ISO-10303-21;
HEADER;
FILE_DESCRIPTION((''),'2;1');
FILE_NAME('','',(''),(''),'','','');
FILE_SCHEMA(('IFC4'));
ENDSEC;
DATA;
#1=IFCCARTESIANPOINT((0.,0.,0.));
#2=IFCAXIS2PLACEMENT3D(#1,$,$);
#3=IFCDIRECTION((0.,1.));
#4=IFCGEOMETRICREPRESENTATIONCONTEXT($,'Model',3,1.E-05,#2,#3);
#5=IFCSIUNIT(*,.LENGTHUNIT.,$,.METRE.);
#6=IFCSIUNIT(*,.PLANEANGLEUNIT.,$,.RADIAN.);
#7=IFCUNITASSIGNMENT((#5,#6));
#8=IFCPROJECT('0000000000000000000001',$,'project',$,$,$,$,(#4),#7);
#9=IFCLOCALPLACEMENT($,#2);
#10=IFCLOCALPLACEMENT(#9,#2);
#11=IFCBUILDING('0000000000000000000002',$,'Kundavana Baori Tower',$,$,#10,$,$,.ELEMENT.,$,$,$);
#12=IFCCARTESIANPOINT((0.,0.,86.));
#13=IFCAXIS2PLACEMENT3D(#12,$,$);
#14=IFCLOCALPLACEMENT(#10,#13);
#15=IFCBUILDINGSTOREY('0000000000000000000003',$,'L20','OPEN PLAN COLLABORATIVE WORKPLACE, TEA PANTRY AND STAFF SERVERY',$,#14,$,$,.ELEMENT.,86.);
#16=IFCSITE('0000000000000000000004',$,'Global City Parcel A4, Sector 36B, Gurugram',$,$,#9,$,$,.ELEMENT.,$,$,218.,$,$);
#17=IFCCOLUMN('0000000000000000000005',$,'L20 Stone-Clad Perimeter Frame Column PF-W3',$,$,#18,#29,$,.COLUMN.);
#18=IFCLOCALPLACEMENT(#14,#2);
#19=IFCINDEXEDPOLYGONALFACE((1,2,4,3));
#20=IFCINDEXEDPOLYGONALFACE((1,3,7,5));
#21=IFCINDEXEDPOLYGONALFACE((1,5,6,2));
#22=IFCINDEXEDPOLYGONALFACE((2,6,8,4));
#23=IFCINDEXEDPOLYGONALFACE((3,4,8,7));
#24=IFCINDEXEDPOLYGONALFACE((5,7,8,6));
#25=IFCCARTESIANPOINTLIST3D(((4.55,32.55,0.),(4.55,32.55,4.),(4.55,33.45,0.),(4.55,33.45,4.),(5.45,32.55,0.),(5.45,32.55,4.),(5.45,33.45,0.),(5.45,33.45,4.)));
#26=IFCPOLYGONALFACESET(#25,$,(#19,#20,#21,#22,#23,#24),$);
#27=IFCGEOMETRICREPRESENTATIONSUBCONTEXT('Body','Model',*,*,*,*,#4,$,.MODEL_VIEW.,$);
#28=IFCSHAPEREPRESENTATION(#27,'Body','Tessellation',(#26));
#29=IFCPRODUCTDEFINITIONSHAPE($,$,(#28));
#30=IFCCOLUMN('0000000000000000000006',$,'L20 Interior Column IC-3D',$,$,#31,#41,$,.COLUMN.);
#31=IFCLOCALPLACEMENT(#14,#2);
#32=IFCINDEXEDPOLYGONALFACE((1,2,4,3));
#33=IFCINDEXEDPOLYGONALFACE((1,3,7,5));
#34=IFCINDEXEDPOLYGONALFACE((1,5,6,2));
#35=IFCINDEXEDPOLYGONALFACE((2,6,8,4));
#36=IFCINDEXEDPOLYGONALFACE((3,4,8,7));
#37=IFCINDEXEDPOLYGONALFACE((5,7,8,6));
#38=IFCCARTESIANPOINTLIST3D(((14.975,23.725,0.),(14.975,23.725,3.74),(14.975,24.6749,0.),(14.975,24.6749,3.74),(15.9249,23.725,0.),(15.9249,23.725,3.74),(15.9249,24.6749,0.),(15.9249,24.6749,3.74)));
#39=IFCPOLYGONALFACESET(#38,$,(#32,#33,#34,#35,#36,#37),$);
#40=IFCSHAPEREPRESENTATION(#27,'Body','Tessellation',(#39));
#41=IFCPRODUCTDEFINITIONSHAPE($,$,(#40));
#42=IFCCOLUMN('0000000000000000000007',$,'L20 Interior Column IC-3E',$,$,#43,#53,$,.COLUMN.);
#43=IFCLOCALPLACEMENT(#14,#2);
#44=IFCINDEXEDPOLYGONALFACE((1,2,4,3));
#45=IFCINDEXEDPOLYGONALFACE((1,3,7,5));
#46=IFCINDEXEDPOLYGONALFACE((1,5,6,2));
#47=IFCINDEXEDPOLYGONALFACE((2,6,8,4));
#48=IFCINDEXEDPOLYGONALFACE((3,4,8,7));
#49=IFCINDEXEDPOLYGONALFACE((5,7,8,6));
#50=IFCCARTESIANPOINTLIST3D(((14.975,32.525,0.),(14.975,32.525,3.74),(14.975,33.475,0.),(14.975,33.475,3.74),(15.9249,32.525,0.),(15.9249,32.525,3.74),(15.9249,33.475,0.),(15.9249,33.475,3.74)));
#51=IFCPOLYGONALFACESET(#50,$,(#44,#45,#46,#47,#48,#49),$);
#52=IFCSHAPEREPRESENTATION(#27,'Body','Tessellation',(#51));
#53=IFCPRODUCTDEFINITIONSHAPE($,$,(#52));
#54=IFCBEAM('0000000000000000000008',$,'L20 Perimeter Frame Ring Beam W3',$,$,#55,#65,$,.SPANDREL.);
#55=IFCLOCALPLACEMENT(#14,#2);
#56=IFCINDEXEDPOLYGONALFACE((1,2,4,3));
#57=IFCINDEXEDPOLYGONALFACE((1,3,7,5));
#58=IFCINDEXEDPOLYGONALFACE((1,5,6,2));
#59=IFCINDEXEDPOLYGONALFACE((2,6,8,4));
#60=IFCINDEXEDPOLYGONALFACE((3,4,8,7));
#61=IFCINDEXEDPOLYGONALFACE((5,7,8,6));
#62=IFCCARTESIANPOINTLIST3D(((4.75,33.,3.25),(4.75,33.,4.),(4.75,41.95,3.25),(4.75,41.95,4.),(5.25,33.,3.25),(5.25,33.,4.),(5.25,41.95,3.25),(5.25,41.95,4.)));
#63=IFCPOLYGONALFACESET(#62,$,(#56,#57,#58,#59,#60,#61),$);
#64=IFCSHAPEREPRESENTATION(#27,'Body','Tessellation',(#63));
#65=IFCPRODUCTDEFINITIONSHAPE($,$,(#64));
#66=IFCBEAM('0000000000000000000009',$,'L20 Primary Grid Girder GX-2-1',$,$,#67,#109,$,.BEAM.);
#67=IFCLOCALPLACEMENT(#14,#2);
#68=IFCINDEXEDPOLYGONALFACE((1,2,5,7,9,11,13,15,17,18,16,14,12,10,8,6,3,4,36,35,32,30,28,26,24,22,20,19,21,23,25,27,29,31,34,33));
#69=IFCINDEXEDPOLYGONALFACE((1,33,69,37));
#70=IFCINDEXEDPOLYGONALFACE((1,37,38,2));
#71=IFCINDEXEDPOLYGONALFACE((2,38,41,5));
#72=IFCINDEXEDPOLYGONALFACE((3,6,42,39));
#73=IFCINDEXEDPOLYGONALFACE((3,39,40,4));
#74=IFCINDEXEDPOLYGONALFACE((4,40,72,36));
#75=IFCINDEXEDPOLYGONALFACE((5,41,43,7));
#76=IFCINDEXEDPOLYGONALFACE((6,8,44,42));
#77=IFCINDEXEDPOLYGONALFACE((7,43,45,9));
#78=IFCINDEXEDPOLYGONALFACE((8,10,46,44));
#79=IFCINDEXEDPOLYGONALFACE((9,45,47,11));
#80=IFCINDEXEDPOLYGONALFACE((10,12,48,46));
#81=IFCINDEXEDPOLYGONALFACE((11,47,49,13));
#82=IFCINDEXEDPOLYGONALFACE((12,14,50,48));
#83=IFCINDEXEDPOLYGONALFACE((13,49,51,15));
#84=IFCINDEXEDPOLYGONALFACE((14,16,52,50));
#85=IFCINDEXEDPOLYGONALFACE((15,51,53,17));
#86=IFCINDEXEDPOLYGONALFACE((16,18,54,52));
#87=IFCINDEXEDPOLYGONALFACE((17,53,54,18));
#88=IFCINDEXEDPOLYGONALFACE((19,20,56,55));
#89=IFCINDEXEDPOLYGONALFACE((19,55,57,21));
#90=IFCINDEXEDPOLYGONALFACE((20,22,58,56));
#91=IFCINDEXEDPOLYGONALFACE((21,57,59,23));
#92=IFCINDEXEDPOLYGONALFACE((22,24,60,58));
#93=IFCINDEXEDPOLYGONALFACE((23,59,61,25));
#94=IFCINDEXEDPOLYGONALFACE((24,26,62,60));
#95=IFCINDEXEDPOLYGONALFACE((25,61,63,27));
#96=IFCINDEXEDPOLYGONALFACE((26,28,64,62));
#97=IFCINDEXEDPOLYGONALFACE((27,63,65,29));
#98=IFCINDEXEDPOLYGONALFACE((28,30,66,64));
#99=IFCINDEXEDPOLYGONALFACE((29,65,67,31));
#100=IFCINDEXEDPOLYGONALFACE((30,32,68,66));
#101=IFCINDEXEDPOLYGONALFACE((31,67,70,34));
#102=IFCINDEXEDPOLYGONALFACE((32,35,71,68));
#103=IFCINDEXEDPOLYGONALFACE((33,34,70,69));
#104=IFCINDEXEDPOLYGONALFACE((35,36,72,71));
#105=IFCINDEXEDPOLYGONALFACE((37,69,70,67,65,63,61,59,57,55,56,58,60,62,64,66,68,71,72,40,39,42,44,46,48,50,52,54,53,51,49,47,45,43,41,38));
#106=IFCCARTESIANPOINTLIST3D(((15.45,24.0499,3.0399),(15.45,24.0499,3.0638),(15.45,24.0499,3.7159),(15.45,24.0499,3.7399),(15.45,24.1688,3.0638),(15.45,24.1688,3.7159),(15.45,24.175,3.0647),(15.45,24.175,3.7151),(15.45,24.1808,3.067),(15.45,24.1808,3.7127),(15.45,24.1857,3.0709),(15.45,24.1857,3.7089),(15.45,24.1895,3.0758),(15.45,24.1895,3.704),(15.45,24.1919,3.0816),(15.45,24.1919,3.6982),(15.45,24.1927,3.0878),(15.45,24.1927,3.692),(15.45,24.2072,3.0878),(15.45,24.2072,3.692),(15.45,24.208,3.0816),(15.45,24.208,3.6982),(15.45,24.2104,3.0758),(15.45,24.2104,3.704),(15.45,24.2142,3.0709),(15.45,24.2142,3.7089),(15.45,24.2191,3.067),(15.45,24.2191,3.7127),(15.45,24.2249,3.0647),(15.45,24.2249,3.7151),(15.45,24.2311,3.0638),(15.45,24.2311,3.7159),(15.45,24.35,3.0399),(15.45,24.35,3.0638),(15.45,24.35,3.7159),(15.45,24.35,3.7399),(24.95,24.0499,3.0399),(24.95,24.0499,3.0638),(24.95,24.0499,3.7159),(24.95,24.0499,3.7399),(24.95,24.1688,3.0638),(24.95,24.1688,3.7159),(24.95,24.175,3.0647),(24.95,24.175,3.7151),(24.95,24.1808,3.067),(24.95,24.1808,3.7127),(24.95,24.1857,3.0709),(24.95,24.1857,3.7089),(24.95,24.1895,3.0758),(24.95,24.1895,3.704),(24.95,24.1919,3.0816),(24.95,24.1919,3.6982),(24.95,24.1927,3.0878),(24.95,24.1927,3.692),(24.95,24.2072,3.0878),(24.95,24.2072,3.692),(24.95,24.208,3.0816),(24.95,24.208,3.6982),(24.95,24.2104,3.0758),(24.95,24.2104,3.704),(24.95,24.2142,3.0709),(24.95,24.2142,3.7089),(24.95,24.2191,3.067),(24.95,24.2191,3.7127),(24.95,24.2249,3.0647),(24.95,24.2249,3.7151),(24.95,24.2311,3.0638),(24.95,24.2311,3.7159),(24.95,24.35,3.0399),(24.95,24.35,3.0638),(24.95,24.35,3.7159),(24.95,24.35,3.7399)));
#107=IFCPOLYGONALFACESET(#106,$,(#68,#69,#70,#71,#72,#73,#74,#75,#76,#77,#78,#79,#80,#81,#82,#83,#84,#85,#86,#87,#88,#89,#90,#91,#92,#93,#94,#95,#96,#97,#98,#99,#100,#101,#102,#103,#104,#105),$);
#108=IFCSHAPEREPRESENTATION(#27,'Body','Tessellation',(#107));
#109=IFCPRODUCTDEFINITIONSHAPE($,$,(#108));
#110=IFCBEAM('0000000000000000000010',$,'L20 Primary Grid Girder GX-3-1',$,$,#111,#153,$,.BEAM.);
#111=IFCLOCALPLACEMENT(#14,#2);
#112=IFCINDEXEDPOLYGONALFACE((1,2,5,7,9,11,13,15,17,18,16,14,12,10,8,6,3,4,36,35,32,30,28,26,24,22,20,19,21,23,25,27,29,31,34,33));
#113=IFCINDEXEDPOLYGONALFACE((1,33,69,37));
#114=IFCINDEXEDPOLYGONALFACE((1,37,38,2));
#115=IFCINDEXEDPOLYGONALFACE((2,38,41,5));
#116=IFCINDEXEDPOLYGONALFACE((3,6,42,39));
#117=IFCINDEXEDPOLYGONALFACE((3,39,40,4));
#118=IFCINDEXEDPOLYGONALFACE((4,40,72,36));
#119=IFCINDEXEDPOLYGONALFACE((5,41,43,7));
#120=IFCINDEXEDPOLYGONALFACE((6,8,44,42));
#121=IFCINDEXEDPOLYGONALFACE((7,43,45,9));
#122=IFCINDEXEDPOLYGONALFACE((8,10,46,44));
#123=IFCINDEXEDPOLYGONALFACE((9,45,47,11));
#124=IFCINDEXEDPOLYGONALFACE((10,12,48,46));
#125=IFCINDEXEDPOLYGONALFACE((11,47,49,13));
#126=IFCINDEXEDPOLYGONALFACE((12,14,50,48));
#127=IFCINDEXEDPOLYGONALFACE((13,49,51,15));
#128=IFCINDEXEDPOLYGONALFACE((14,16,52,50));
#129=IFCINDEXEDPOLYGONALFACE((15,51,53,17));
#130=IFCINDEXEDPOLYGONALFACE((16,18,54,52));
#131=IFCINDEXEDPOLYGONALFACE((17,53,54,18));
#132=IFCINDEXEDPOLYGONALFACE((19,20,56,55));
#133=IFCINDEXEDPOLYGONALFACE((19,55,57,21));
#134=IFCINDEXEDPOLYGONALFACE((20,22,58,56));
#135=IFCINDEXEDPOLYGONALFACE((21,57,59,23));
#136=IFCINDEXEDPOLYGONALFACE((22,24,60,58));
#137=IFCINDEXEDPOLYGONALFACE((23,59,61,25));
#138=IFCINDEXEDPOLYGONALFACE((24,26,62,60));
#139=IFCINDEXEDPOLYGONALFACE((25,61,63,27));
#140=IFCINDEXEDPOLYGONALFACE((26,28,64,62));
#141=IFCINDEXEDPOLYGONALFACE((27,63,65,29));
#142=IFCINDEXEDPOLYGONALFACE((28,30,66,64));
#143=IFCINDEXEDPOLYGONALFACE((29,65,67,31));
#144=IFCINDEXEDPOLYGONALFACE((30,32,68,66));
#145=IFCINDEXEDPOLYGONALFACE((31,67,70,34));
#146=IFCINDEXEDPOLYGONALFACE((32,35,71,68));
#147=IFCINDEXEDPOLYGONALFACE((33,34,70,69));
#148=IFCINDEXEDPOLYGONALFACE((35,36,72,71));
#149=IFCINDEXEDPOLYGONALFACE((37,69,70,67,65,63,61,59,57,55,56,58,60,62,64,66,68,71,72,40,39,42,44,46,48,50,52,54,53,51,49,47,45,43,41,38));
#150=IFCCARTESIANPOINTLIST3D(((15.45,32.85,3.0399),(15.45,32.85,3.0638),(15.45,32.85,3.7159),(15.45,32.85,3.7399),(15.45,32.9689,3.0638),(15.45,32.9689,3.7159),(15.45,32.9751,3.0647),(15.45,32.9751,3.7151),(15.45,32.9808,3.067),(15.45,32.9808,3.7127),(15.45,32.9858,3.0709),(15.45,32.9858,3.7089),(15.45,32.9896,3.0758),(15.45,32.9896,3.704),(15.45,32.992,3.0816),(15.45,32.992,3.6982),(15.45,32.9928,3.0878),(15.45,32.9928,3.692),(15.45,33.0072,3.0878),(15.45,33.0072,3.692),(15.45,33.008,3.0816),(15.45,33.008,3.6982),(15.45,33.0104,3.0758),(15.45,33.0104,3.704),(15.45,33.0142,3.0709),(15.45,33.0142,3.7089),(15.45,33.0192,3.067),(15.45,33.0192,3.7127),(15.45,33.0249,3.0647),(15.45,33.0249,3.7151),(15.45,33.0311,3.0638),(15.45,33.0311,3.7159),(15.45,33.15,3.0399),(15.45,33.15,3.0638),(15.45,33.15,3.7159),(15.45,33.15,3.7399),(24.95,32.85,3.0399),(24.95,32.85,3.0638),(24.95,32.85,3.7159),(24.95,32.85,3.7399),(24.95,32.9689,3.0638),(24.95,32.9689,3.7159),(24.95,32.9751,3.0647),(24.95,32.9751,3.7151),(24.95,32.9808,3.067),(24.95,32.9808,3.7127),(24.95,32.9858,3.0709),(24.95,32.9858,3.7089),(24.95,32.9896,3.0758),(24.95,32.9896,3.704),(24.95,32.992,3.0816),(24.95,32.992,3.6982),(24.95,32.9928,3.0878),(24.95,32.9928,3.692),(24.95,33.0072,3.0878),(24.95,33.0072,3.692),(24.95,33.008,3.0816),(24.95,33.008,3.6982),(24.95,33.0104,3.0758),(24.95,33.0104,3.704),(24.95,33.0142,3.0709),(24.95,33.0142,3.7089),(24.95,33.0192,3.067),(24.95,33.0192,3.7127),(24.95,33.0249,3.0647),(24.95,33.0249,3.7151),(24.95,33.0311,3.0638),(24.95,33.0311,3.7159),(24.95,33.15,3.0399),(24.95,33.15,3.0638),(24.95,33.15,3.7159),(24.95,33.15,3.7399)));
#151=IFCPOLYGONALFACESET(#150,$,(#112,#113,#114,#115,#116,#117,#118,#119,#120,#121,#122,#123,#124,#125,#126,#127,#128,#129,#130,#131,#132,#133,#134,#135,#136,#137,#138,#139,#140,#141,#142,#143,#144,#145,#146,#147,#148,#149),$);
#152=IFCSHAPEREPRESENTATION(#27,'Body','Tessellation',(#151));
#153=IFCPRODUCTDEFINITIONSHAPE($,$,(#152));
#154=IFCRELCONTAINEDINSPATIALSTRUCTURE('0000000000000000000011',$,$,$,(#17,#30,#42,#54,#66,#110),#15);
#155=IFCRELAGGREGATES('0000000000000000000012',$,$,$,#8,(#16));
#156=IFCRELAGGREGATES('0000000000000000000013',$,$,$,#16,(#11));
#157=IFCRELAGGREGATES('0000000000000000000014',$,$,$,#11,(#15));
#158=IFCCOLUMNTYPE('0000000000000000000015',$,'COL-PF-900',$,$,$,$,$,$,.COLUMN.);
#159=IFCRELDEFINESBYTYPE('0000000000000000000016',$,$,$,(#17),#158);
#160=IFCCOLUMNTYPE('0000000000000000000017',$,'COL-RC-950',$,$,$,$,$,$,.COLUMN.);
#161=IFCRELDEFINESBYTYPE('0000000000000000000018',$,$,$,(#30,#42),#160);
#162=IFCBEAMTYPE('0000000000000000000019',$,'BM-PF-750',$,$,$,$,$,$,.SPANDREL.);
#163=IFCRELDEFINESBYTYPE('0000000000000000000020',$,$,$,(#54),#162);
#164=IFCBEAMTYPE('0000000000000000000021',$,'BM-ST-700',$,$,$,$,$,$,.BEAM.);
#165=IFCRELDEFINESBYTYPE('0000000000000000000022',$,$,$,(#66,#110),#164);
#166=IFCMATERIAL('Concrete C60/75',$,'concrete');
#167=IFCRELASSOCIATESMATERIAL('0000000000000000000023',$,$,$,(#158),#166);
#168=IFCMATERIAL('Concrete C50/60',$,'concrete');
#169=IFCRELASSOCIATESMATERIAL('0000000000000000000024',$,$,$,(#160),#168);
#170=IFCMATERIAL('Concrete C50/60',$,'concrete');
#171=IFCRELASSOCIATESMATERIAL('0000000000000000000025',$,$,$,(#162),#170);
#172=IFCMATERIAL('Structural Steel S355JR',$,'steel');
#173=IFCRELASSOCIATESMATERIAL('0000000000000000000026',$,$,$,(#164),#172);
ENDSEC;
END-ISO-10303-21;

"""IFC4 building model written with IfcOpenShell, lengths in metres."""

from ifc_helpers import new_model, si_unit, direction, frame, origin, origin_2d, place, context, subcontext, project, spatial, rectangle, i_section, extrude, material, material_profile, profile_set, type_object, element, save


model = new_model("IFC4")

# Units and contexts
model_context = context("Model", 3, precision=1e-05, world=origin(), true_north=direction((0.0, 1.0)))
body_context = subcontext(model_context, "Body", "Model", "MODEL_VIEW")
ifc_project = project(units=[si_unit("LENGTHUNIT", "METRE"), si_unit("PLANEANGLEUNIT", "RADIAN")], contexts=[model_context])

# Site, building, storey
site_placement = place(None, origin())
site = spatial("IfcSite", under=ifc_project, at=site_placement, Name="Global City Parcel A4, Sector 36B, Gurugram", CompositionType="ELEMENT", RefElevation=218.0)
building_placement = place(site_placement, origin())
building = spatial("IfcBuilding", under=site, at=building_placement, Name="Kundavana Baori Tower", CompositionType="ELEMENT")
storey_placement = place(building_placement, frame((0.0, 0.0, 86.0)))
storey = spatial("IfcBuildingStorey", under=building, at=storey_placement, Name="L20", Description="OPEN PLAN COLLABORATIVE WORKPLACE, TEA PANTRY AND STAFF SERVERY", CompositionType="ELEMENT", Elevation=86.0)

# Columns
ifc_material_1 = material(Name="Concrete C60/75", Category="concrete")
ifc_material_profile_1 = material_profile(ifc_material_1, rectangle(XDim=0.8999, YDim=0.8999, at=origin_2d()), Name="RC PF 900x900")
ifc_profile_set_1 = profile_set([ifc_material_profile_1], Name="Concrete C60/75")
column_type_1 = type_object("IfcColumnType", Name="COL-PF-900", PredefinedType="COLUMN", material=ifc_profile_set_1)
column_placement = place(storey_placement, frame((5.0, 33.0, 0.0), z_axis=(0.0, 0.0, 1.0), x_axis=(1.0, 0.0, 0.0)))
element("IfcColumn", 1, at=column_placement, inside=storey, type_object=column_type_1, Name="L20 Stone-Clad Perimeter Frame Column PF-W3", PredefinedType="COLUMN", context=body_context, shape_type="SweptSolid", body=[
    extrude(rectangle(XDim=0.8999, YDim=0.8999, at=origin_2d()), origin(), (0.0, 0.0, 1.0), 4.0),
])
ifc_material_2 = material(Name="Concrete C50/60", Category="concrete")
ifc_material_profile_2 = material_profile(ifc_material_2, rectangle(XDim=0.95, YDim=0.95, at=origin_2d()), Name="RC 950x950")
ifc_profile_set_2 = profile_set([ifc_material_profile_2], Name="Concrete C50/60")
column_type_2 = type_object("IfcColumnType", Name="COL-RC-950", PredefinedType="COLUMN", material=ifc_profile_set_2)
for number, where, z_axis, x_axis, name in (
    (2, (15.45, 24.2, 0.0), (0.0, 0.0, 1.0), (1.0, 0.0, 0.0), "L20 Interior Column IC-3D"),
    (3, (15.45, 33.0, 0.0), (0.0, 0.0, 1.0), (1.0, 0.0, 0.0), "L20 Interior Column IC-3E"),
):
    element("IfcColumn", number, at=place(storey_placement, frame(where, z_axis=z_axis, x_axis=x_axis)), inside=storey, type_object=column_type_2, Name=name, PredefinedType="COLUMN", context=body_context, shape_type="SweptSolid", body=[
        extrude(rectangle(XDim=0.95, YDim=0.95, at=origin_2d()), origin(), (0.0, 0.0, 1.0), 3.74),
    ])

# Beams
ifc_material_3 = material(Name="Concrete C50/60", Category="concrete")
ifc_material_profile_3 = material_profile(ifc_material_3, rectangle(XDim=0.5, YDim=0.75, at=origin_2d()), Name="RC BM 500x750")
ifc_profile_set_3 = profile_set([ifc_material_profile_3], Name="Concrete C50/60")
beam_type_1 = type_object("IfcBeamType", Name="BM-PF-750", PredefinedType="SPANDREL", material=ifc_profile_set_3)
beam_placement = place(storey_placement, frame((5.0, 33.0, 3.625), z_axis=(0.0, 1.0, 0.0), x_axis=(-1.0, 0.0, 0.0)))
element("IfcBeam", 4, at=beam_placement, inside=storey, type_object=beam_type_1, Name="L20 Perimeter Frame Ring Beam W3", PredefinedType="SPANDREL", context=body_context, shape_type="SweptSolid", body=[
    extrude(rectangle(XDim=0.5, YDim=0.75, at=origin_2d()), origin(), (0.0, 0.0, 1.0), 8.95),
])
ifc_material_4 = material(Name="Structural Steel S355JR", Category="steel")
ifc_material_profile_4 = material_profile(ifc_material_4, i_section(OverallWidth=0.3, OverallDepth=0.7, WebThickness=0.0144, FlangeThickness=0.0239, FilletRadius=0.0239, at=origin_2d()), Name="NPB 700x300x170")
ifc_profile_set_4 = profile_set([ifc_material_profile_4], Name="Structural Steel S355JR")
beam_type_2 = type_object("IfcBeamType", Name="BM-ST-700", PredefinedType="BEAM", material=ifc_profile_set_4)
for number, where, z_axis, x_axis, name in (
    (5, (15.45, 24.2, 3.3899), (1.0, 0.0, 0.0), (0.0, 1.0, 0.0), "L20 Primary Grid Girder GX-2-1"),
    (6, (15.45, 33.0, 3.3899), (1.0, 0.0, 0.0), (0.0, 1.0, 0.0), "L20 Primary Grid Girder GX-3-1"),
):
    element("IfcBeam", number, at=place(storey_placement, frame(where, z_axis=z_axis, x_axis=x_axis)), inside=storey, type_object=beam_type_2, Name=name, PredefinedType="BEAM", context=body_context, shape_type="SweptSolid", body=[
        extrude(i_section(OverallWidth=0.3, OverallDepth=0.7, WebThickness=0.0144, FlangeThickness=0.0239, FilletRadius=0.0239, at=origin_2d()), origin(), (0.0, 0.0, 1.0), 9.5),
    ])

save(model, "model.ifc")
